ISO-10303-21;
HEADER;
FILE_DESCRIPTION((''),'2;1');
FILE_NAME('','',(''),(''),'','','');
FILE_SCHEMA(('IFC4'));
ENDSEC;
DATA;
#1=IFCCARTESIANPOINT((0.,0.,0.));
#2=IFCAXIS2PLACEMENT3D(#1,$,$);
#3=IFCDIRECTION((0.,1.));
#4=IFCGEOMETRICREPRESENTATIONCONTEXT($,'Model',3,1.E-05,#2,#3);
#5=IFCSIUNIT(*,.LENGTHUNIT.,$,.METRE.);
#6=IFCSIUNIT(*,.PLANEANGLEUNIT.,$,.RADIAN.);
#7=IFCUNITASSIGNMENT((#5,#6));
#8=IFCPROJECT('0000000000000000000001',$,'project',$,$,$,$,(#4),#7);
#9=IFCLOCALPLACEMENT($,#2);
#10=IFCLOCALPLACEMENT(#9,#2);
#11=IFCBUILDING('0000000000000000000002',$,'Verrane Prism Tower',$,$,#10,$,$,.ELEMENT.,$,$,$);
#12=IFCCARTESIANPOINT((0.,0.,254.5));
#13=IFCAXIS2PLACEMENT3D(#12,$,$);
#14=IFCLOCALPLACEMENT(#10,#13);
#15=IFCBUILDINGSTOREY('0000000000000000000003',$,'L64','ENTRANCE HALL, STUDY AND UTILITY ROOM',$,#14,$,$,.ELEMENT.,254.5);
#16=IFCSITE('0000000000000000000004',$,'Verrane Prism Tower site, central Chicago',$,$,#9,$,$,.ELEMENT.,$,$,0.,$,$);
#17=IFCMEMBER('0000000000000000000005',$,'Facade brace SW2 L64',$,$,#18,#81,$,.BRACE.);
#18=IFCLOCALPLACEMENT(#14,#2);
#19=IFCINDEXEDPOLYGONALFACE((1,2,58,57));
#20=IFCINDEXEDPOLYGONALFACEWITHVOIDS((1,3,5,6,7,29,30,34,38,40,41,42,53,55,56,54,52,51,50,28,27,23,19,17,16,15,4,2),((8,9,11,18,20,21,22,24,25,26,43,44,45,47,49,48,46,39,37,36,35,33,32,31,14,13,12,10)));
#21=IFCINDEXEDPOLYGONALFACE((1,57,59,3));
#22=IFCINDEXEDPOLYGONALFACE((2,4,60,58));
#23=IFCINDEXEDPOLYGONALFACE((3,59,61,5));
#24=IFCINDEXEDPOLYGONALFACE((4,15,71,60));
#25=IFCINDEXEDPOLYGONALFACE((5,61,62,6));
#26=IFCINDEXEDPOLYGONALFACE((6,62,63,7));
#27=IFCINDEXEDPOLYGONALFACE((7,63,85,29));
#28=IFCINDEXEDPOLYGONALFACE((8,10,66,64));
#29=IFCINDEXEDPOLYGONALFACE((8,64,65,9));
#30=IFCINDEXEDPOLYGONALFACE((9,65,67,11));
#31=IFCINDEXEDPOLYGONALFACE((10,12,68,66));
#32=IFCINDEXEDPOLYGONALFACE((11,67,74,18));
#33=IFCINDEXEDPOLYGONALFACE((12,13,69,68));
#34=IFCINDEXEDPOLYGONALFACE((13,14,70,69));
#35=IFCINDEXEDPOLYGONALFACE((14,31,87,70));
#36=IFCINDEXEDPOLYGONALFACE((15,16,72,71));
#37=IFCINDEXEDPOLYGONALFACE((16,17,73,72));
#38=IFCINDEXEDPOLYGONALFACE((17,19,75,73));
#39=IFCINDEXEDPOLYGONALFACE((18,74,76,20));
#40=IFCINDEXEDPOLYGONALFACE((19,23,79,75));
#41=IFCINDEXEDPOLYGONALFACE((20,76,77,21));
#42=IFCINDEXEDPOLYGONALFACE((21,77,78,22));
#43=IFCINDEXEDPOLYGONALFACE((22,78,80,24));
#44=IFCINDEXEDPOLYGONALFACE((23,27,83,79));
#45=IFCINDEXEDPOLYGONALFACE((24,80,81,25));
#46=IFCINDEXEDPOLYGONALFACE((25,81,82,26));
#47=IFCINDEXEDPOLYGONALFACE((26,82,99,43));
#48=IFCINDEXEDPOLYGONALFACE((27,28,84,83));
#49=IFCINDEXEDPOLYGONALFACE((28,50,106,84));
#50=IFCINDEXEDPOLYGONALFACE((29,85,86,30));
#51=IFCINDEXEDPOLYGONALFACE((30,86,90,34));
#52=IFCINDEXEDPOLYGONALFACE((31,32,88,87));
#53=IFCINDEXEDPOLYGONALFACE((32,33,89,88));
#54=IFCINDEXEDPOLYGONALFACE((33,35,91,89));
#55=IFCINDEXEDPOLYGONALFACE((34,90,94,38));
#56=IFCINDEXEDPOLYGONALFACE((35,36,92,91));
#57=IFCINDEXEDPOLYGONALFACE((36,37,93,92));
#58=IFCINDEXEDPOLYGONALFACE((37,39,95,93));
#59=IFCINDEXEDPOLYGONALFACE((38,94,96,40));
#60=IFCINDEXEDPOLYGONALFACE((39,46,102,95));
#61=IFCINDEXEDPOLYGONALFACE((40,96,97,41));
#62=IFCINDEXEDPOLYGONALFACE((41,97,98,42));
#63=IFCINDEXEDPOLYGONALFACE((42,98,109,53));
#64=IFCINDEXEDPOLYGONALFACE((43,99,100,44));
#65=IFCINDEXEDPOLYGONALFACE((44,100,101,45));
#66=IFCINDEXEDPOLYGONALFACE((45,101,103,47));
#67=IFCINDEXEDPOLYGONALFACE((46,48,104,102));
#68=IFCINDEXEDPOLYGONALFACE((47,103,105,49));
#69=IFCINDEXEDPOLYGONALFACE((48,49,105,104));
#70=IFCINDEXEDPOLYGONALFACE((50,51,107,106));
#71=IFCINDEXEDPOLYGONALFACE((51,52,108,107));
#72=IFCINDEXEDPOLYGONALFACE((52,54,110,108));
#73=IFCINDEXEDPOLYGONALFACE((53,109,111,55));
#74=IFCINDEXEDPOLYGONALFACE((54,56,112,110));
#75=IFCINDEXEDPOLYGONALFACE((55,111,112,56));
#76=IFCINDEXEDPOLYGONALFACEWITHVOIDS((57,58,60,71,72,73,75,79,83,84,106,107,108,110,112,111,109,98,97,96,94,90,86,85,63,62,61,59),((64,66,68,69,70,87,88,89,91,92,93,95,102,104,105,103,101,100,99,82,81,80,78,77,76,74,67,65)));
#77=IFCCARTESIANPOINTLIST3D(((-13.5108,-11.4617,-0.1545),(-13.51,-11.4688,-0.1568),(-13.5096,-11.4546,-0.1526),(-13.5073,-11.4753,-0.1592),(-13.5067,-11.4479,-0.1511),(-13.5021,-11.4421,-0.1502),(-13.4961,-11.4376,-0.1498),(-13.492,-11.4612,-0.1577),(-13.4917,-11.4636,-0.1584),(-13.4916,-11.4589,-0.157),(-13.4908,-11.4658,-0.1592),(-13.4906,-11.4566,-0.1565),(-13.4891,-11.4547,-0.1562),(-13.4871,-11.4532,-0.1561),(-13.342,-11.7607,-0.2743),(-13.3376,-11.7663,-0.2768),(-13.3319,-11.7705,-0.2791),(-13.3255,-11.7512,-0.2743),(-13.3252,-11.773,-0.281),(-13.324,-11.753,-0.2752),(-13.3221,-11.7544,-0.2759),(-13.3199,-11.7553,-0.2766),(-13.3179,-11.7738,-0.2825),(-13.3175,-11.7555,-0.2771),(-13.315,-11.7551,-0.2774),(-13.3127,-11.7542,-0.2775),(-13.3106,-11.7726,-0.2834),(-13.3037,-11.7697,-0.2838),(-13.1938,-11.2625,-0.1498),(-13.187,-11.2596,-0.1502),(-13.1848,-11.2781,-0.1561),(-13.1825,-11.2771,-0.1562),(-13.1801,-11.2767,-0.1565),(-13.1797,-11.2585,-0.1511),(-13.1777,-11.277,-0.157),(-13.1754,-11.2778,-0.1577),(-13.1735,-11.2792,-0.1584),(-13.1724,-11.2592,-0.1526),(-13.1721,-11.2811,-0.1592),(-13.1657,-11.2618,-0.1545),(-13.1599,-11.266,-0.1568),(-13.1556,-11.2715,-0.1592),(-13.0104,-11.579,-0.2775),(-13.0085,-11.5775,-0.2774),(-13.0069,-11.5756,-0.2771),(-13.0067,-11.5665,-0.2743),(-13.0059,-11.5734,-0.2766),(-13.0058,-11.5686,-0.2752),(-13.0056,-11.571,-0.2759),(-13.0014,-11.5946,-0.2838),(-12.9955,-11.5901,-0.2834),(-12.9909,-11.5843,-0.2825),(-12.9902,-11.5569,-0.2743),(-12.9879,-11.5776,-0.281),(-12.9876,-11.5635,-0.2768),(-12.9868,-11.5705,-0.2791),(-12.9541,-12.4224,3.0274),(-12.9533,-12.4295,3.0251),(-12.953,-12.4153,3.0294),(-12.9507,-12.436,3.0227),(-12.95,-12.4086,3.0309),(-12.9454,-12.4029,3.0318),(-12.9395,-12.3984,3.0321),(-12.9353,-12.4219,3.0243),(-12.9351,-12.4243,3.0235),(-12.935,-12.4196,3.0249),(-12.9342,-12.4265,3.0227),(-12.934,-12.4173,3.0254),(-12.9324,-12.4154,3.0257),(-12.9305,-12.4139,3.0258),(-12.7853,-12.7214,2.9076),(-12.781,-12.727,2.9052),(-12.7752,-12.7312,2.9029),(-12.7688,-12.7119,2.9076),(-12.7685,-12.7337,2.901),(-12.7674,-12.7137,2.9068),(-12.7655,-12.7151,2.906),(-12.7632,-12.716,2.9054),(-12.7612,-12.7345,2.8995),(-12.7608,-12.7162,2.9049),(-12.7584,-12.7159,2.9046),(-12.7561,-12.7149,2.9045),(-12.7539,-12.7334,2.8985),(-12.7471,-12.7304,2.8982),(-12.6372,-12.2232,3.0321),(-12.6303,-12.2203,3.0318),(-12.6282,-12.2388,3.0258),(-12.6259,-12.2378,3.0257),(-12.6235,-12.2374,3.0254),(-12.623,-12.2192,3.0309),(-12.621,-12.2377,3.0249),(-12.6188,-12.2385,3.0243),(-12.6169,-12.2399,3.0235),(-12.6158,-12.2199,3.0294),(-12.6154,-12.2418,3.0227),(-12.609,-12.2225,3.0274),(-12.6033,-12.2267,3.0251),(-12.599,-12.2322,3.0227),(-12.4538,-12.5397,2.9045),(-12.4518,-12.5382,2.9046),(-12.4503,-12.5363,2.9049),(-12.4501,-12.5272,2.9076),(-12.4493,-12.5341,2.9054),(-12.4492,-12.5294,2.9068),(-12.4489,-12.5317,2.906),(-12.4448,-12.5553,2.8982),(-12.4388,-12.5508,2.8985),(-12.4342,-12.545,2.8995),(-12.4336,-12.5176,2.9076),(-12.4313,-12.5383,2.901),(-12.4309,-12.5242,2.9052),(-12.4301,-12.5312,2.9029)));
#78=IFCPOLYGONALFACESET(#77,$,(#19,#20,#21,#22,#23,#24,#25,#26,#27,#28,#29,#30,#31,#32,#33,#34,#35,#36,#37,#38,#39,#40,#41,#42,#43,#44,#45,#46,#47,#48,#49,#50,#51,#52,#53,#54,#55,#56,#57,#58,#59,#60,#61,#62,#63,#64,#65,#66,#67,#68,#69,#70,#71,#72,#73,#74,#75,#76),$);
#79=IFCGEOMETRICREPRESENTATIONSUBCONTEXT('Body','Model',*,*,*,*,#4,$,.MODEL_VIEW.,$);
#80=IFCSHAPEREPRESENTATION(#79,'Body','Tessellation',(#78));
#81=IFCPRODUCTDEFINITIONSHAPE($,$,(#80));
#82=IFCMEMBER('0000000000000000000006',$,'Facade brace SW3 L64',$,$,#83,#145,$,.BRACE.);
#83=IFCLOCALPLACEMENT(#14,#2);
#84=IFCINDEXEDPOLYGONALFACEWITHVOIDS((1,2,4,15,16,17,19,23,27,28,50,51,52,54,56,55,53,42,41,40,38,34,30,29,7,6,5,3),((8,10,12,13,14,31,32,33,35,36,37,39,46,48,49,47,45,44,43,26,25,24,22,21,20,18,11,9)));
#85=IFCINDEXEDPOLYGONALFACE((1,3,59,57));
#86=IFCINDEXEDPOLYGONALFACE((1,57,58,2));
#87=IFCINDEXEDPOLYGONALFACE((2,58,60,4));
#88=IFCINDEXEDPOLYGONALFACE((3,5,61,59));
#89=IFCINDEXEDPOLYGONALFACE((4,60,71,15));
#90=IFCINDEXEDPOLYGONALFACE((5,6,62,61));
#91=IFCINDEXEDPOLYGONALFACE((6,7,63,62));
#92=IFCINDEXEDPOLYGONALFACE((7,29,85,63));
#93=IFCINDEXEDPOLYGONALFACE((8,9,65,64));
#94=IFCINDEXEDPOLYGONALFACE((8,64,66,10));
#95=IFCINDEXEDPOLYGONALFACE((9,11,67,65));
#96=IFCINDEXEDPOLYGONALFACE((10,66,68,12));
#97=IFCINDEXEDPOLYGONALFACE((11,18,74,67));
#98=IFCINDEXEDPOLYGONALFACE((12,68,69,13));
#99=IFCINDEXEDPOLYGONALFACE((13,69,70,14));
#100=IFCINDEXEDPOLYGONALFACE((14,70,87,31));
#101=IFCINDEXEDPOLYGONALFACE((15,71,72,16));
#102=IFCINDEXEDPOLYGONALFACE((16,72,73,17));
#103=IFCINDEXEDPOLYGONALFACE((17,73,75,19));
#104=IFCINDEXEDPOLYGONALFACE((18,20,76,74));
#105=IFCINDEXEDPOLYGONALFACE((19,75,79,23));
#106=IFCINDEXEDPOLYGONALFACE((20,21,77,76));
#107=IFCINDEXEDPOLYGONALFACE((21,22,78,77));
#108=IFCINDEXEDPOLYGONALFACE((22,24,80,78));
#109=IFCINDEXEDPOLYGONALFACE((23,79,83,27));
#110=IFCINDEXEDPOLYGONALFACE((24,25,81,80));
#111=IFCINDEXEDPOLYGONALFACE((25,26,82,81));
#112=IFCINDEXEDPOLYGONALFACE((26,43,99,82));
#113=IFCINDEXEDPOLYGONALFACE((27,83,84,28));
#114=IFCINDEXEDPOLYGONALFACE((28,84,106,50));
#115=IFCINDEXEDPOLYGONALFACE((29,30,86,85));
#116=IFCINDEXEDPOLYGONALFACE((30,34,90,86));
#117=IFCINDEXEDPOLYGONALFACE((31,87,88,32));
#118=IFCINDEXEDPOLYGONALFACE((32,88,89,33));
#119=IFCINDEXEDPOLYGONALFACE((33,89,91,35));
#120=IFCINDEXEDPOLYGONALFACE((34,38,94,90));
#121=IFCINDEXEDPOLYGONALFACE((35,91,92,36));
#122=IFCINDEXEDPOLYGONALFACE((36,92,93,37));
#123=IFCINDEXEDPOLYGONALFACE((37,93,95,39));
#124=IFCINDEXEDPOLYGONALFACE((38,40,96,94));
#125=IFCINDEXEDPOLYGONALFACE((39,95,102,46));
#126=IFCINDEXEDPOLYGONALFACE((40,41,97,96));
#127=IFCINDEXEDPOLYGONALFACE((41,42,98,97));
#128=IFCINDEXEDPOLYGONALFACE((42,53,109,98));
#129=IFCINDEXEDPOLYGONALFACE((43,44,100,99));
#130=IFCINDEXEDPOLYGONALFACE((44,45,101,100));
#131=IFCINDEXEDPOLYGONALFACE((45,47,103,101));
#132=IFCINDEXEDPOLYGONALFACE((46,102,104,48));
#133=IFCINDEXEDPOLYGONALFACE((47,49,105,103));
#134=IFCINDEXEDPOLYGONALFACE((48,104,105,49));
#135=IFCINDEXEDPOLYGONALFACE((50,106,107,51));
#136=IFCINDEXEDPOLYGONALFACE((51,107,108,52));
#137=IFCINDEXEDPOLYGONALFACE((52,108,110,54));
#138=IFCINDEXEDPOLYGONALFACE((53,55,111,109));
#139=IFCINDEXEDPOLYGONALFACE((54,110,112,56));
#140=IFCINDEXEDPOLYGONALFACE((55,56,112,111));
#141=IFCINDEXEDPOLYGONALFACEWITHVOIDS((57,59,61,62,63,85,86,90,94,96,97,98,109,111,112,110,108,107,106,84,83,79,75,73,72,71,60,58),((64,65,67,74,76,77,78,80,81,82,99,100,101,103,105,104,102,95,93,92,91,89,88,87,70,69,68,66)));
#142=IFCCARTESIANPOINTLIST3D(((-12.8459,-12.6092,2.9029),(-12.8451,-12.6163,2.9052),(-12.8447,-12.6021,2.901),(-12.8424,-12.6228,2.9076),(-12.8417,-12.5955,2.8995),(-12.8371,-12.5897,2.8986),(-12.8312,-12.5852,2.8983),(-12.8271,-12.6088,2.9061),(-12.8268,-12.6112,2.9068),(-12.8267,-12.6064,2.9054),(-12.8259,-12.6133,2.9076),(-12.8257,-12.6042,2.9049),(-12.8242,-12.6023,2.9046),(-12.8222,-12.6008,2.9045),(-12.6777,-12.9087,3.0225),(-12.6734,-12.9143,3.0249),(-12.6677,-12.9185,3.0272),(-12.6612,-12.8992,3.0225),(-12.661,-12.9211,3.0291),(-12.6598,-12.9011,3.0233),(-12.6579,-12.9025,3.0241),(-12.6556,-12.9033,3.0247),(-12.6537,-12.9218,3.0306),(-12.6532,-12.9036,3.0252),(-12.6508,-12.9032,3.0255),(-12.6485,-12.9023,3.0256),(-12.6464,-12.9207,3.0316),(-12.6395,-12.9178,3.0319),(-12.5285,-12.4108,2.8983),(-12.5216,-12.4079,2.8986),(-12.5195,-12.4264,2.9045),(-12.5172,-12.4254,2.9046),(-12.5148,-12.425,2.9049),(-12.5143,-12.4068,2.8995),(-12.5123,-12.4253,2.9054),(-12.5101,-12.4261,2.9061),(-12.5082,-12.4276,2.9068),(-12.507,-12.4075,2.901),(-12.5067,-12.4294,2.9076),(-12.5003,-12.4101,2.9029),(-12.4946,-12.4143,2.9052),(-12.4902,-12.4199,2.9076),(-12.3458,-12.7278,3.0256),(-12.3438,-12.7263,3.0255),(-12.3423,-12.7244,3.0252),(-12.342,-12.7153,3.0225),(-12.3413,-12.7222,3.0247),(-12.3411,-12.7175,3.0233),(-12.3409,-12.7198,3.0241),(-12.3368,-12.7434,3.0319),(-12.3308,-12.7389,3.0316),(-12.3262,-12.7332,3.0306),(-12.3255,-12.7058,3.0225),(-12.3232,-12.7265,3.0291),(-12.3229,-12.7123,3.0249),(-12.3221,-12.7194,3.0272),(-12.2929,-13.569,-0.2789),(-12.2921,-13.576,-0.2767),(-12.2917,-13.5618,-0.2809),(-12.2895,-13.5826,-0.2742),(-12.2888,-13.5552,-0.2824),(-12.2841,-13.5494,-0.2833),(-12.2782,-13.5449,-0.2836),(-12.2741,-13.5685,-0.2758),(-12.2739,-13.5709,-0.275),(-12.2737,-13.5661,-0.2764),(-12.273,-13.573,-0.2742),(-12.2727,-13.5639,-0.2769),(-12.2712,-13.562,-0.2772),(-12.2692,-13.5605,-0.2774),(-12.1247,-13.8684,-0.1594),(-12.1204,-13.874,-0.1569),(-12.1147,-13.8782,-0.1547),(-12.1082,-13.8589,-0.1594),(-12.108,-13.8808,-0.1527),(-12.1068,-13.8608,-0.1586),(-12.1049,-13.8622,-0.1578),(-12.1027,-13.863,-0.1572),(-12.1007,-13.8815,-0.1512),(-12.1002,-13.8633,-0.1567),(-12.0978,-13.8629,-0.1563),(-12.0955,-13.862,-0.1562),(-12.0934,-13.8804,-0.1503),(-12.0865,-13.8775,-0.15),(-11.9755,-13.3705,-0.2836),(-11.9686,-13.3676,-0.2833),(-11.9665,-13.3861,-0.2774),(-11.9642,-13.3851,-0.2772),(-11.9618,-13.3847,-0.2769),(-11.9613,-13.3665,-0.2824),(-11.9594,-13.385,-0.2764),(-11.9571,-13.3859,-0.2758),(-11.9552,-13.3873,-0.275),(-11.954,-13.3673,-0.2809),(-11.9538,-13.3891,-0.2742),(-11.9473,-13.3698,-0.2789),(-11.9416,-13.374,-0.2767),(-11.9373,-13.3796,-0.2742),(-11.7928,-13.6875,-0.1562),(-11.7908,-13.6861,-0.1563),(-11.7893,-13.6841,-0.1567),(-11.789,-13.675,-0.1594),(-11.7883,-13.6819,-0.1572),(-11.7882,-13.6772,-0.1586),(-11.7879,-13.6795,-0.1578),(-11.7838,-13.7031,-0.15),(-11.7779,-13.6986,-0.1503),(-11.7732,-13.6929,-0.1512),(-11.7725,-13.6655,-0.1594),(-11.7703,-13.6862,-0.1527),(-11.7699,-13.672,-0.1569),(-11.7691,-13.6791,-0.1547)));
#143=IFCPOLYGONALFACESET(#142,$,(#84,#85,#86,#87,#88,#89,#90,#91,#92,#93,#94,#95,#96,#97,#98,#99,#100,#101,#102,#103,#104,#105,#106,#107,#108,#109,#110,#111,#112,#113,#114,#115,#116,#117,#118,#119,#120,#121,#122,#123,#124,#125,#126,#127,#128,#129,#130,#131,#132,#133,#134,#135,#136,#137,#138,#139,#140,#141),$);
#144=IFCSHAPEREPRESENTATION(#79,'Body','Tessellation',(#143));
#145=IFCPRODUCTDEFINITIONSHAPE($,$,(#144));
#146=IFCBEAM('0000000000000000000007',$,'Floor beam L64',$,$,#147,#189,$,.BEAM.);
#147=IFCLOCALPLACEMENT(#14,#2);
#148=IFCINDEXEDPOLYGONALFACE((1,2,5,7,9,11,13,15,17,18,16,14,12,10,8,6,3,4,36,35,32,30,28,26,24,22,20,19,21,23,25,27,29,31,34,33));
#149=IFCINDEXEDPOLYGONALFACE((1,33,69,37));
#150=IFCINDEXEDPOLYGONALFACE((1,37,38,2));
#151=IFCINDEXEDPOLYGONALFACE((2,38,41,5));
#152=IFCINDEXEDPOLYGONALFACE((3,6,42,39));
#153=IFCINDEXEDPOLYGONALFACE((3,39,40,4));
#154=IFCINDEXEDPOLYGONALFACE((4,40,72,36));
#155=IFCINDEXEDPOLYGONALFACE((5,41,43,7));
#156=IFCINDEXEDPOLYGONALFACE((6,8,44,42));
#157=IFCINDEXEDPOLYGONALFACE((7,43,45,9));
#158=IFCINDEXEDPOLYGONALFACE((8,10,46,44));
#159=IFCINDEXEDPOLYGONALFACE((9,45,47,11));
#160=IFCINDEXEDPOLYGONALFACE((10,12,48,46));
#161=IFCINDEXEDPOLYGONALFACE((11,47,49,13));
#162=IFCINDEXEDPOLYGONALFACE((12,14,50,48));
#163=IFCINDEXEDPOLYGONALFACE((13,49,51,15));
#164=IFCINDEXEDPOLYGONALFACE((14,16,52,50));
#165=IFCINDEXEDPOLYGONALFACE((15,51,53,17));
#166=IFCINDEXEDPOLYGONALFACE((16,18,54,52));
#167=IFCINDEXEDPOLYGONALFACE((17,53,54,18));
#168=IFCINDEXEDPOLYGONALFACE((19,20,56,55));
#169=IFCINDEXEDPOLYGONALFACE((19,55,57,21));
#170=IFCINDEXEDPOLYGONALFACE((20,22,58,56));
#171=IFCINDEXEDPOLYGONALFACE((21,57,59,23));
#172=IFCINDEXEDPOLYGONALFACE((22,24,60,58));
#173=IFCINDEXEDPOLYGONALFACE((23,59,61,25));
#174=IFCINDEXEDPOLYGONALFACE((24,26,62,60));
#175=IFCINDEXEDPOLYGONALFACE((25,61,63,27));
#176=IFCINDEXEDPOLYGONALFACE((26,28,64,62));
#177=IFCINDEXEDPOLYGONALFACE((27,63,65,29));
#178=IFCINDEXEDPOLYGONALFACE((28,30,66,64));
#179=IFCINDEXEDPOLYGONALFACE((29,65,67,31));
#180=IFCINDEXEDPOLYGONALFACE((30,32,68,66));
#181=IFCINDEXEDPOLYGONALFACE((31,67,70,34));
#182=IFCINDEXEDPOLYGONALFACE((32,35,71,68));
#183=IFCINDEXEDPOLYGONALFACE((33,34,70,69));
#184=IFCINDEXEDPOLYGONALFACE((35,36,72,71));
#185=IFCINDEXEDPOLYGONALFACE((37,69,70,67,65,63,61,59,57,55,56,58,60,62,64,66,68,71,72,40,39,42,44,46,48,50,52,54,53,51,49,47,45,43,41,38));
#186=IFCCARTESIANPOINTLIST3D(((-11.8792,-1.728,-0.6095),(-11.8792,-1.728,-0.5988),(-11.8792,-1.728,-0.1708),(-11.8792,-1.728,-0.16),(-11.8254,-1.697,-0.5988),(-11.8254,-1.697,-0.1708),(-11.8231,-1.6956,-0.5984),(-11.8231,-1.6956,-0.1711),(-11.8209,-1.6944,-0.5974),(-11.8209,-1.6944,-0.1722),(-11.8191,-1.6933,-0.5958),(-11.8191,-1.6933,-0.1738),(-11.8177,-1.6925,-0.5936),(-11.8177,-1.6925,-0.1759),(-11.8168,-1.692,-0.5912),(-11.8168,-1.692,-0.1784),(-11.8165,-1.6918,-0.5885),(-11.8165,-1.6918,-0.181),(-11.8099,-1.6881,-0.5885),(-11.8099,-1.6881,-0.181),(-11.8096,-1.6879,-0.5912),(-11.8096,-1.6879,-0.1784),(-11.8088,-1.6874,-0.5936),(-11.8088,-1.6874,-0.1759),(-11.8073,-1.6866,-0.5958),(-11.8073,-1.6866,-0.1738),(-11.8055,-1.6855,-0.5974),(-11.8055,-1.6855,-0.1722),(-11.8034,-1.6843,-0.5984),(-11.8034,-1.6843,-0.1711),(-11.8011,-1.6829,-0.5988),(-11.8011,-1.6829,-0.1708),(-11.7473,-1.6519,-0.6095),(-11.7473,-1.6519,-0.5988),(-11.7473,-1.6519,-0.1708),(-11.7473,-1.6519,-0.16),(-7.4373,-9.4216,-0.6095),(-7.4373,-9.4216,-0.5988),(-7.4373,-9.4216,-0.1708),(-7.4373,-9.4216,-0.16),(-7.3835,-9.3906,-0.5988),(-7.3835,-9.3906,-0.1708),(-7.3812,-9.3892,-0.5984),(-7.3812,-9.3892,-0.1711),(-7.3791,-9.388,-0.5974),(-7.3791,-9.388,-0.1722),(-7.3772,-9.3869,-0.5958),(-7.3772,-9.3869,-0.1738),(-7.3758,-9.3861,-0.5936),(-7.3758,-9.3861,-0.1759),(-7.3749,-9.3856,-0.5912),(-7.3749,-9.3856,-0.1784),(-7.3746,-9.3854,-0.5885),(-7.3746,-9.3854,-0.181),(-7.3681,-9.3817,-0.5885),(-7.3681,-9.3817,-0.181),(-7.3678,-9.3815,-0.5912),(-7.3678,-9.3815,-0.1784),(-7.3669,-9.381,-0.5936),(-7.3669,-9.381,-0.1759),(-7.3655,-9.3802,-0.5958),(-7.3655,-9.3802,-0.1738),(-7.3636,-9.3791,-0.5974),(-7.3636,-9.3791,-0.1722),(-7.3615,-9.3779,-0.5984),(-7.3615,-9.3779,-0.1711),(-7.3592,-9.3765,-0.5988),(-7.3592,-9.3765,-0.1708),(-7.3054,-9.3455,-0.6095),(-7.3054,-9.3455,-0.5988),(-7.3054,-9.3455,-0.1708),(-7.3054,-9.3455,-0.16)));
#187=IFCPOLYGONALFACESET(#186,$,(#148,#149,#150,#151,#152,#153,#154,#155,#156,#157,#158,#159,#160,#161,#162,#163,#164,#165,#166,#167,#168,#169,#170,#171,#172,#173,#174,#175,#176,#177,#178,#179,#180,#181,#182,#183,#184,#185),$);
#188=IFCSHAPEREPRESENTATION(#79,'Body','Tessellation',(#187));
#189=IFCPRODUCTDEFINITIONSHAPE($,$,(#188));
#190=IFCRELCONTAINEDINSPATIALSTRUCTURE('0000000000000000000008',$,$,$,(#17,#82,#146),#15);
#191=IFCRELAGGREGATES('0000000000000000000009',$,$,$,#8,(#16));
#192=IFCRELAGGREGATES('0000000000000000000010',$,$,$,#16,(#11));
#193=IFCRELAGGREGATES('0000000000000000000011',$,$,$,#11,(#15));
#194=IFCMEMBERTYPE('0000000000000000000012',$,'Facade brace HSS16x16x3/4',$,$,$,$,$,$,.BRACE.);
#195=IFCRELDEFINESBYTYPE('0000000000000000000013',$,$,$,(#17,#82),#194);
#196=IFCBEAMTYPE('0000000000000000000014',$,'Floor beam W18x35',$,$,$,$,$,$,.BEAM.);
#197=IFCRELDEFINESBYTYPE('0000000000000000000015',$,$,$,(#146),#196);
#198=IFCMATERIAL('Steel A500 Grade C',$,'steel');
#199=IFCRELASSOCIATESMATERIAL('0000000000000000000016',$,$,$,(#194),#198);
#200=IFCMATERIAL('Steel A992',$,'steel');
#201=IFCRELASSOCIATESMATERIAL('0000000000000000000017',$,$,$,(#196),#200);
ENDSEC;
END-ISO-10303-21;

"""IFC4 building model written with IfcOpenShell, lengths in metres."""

from ifc_helpers import new_model, si_unit, direction, frame, origin, origin_2d, place, context, subcontext, project, spatial, hollow_rectangle, i_section, extrude, material, material_profile, profile_set, type_object, element, save


model = new_model("IFC4")

# Units and contexts
model_context = context("Model", 3, precision=1e-05, world=origin(), true_north=direction((0.0, 1.0)))
body_context = subcontext(model_context, "Body", "Model", "MODEL_VIEW")
ifc_project = project(units=[si_unit("LENGTHUNIT", "METRE"), si_unit("PLANEANGLEUNIT", "RADIAN")], contexts=[model_context])

# Site, building, storey
site_placement = place(None, origin())
site = spatial("IfcSite", under=ifc_project, at=site_placement, Name="Verrane Prism Tower site, central Chicago", CompositionType="ELEMENT", RefElevation=0.0)
building_placement = place(site_placement, origin())
building = spatial("IfcBuilding", under=site, at=building_placement, Name="Verrane Prism Tower", CompositionType="ELEMENT")
storey_placement = place(building_placement, frame((0.0, 0.0, 254.5)))
storey = spatial("IfcBuildingStorey", under=building, at=storey_placement, Name="L64", Description="ENTRANCE HALL, STUDY AND UTILITY ROOM", CompositionType="ELEMENT", Elevation=254.5)

# Members
ifc_material_1 = material(Name="Steel A500 Grade C", Category="steel")
ifc_material_profile_1 = material_profile(ifc_material_1, hollow_rectangle(XDim=0.4065, YDim=0.4065, WallThickness=0.019, InnerFilletRadius=0.0095, OuterFilletRadius=0.0286, at=origin_2d()), Name="HSS16x16x3/4")
ifc_profile_set_1 = profile_set([ifc_material_profile_1], Name="Steel A500 Grade C")
member_type_1 = type_object("IfcMemberType", Name="Facade brace HSS16x16x3/4", PredefinedType="BRACE", material=ifc_profile_set_1)
member_1_placement = place(storey_placement, frame((-13.2488, -11.5161, -0.2168), z_axis=(0.165173, -0.285069, 0.944168), x_axis=(0.865251, 0.50134, 0.0)))
element("IfcMember", 1, at=member_1_placement, inside=storey, type_object=member_type_1, Name="Facade brace SW2 L64", PredefinedType="BRACE", context=body_context, shape_type="SweptSolid", body=[
    extrude(hollow_rectangle(XDim=0.4065, YDim=0.4065, WallThickness=0.019, InnerFilletRadius=0.0095, OuterFilletRadius=0.0286, at=origin_2d()), origin(), (0.0, 0.0, 1.0), 3.3701),
])
member_2_placement = place(storey_placement, frame((-12.031, -13.624, -0.2168), z_axis=(-0.16413, 0.284854, 0.944415), x_axis=(-0.866461, -0.499245, 0.0)))
element("IfcMember", 2, at=member_2_placement, inside=storey, type_object=member_type_1, Name="Facade brace SW3 L64", PredefinedType="BRACE", context=body_context, shape_type="SweptSolid", body=[
    extrude(hollow_rectangle(XDim=0.4065, YDim=0.4065, WallThickness=0.019, InnerFilletRadius=0.0095, OuterFilletRadius=0.0286, at=origin_2d()), origin(), (0.0, 0.0, 1.0), 3.3691),
])

# Beam
ifc_material_2 = material(Name="Steel A992", Category="steel")
ifc_material_profile_2 = material_profile(ifc_material_2, i_section(OverallWidth=0.1523, OverallDepth=0.4495, WebThickness=0.0076, FlangeThickness=0.0107, FilletRadius=0.0103, at=origin_2d()), Name="W18x35")
ifc_profile_set_2 = profile_set([ifc_material_profile_2], Name="Steel A992")
beam_type_1 = type_object("IfcBeamType", Name="Floor beam W18x35", PredefinedType="BEAM", material=ifc_profile_set_2)
beam_1_placement = place(storey_placement, frame((-7.3713, -9.3835, -0.3848), z_axis=(-0.499999, 0.866026, 0.0), x_axis=(-0.866026, -0.499999, 0.0)))
element("IfcBeam", 3, at=beam_1_placement, inside=storey, type_object=beam_type_1, Name="Floor beam L64", PredefinedType="BEAM", context=body_context, shape_type="SweptSolid", body=[
    extrude(i_section(OverallWidth=0.1523, OverallDepth=0.4495, WebThickness=0.0076, FlangeThickness=0.0107, FilletRadius=0.0103, at=origin_2d()), origin(), (0.0, 0.0, 1.0), 8.8838),
])

save(model, "model.ifc")
